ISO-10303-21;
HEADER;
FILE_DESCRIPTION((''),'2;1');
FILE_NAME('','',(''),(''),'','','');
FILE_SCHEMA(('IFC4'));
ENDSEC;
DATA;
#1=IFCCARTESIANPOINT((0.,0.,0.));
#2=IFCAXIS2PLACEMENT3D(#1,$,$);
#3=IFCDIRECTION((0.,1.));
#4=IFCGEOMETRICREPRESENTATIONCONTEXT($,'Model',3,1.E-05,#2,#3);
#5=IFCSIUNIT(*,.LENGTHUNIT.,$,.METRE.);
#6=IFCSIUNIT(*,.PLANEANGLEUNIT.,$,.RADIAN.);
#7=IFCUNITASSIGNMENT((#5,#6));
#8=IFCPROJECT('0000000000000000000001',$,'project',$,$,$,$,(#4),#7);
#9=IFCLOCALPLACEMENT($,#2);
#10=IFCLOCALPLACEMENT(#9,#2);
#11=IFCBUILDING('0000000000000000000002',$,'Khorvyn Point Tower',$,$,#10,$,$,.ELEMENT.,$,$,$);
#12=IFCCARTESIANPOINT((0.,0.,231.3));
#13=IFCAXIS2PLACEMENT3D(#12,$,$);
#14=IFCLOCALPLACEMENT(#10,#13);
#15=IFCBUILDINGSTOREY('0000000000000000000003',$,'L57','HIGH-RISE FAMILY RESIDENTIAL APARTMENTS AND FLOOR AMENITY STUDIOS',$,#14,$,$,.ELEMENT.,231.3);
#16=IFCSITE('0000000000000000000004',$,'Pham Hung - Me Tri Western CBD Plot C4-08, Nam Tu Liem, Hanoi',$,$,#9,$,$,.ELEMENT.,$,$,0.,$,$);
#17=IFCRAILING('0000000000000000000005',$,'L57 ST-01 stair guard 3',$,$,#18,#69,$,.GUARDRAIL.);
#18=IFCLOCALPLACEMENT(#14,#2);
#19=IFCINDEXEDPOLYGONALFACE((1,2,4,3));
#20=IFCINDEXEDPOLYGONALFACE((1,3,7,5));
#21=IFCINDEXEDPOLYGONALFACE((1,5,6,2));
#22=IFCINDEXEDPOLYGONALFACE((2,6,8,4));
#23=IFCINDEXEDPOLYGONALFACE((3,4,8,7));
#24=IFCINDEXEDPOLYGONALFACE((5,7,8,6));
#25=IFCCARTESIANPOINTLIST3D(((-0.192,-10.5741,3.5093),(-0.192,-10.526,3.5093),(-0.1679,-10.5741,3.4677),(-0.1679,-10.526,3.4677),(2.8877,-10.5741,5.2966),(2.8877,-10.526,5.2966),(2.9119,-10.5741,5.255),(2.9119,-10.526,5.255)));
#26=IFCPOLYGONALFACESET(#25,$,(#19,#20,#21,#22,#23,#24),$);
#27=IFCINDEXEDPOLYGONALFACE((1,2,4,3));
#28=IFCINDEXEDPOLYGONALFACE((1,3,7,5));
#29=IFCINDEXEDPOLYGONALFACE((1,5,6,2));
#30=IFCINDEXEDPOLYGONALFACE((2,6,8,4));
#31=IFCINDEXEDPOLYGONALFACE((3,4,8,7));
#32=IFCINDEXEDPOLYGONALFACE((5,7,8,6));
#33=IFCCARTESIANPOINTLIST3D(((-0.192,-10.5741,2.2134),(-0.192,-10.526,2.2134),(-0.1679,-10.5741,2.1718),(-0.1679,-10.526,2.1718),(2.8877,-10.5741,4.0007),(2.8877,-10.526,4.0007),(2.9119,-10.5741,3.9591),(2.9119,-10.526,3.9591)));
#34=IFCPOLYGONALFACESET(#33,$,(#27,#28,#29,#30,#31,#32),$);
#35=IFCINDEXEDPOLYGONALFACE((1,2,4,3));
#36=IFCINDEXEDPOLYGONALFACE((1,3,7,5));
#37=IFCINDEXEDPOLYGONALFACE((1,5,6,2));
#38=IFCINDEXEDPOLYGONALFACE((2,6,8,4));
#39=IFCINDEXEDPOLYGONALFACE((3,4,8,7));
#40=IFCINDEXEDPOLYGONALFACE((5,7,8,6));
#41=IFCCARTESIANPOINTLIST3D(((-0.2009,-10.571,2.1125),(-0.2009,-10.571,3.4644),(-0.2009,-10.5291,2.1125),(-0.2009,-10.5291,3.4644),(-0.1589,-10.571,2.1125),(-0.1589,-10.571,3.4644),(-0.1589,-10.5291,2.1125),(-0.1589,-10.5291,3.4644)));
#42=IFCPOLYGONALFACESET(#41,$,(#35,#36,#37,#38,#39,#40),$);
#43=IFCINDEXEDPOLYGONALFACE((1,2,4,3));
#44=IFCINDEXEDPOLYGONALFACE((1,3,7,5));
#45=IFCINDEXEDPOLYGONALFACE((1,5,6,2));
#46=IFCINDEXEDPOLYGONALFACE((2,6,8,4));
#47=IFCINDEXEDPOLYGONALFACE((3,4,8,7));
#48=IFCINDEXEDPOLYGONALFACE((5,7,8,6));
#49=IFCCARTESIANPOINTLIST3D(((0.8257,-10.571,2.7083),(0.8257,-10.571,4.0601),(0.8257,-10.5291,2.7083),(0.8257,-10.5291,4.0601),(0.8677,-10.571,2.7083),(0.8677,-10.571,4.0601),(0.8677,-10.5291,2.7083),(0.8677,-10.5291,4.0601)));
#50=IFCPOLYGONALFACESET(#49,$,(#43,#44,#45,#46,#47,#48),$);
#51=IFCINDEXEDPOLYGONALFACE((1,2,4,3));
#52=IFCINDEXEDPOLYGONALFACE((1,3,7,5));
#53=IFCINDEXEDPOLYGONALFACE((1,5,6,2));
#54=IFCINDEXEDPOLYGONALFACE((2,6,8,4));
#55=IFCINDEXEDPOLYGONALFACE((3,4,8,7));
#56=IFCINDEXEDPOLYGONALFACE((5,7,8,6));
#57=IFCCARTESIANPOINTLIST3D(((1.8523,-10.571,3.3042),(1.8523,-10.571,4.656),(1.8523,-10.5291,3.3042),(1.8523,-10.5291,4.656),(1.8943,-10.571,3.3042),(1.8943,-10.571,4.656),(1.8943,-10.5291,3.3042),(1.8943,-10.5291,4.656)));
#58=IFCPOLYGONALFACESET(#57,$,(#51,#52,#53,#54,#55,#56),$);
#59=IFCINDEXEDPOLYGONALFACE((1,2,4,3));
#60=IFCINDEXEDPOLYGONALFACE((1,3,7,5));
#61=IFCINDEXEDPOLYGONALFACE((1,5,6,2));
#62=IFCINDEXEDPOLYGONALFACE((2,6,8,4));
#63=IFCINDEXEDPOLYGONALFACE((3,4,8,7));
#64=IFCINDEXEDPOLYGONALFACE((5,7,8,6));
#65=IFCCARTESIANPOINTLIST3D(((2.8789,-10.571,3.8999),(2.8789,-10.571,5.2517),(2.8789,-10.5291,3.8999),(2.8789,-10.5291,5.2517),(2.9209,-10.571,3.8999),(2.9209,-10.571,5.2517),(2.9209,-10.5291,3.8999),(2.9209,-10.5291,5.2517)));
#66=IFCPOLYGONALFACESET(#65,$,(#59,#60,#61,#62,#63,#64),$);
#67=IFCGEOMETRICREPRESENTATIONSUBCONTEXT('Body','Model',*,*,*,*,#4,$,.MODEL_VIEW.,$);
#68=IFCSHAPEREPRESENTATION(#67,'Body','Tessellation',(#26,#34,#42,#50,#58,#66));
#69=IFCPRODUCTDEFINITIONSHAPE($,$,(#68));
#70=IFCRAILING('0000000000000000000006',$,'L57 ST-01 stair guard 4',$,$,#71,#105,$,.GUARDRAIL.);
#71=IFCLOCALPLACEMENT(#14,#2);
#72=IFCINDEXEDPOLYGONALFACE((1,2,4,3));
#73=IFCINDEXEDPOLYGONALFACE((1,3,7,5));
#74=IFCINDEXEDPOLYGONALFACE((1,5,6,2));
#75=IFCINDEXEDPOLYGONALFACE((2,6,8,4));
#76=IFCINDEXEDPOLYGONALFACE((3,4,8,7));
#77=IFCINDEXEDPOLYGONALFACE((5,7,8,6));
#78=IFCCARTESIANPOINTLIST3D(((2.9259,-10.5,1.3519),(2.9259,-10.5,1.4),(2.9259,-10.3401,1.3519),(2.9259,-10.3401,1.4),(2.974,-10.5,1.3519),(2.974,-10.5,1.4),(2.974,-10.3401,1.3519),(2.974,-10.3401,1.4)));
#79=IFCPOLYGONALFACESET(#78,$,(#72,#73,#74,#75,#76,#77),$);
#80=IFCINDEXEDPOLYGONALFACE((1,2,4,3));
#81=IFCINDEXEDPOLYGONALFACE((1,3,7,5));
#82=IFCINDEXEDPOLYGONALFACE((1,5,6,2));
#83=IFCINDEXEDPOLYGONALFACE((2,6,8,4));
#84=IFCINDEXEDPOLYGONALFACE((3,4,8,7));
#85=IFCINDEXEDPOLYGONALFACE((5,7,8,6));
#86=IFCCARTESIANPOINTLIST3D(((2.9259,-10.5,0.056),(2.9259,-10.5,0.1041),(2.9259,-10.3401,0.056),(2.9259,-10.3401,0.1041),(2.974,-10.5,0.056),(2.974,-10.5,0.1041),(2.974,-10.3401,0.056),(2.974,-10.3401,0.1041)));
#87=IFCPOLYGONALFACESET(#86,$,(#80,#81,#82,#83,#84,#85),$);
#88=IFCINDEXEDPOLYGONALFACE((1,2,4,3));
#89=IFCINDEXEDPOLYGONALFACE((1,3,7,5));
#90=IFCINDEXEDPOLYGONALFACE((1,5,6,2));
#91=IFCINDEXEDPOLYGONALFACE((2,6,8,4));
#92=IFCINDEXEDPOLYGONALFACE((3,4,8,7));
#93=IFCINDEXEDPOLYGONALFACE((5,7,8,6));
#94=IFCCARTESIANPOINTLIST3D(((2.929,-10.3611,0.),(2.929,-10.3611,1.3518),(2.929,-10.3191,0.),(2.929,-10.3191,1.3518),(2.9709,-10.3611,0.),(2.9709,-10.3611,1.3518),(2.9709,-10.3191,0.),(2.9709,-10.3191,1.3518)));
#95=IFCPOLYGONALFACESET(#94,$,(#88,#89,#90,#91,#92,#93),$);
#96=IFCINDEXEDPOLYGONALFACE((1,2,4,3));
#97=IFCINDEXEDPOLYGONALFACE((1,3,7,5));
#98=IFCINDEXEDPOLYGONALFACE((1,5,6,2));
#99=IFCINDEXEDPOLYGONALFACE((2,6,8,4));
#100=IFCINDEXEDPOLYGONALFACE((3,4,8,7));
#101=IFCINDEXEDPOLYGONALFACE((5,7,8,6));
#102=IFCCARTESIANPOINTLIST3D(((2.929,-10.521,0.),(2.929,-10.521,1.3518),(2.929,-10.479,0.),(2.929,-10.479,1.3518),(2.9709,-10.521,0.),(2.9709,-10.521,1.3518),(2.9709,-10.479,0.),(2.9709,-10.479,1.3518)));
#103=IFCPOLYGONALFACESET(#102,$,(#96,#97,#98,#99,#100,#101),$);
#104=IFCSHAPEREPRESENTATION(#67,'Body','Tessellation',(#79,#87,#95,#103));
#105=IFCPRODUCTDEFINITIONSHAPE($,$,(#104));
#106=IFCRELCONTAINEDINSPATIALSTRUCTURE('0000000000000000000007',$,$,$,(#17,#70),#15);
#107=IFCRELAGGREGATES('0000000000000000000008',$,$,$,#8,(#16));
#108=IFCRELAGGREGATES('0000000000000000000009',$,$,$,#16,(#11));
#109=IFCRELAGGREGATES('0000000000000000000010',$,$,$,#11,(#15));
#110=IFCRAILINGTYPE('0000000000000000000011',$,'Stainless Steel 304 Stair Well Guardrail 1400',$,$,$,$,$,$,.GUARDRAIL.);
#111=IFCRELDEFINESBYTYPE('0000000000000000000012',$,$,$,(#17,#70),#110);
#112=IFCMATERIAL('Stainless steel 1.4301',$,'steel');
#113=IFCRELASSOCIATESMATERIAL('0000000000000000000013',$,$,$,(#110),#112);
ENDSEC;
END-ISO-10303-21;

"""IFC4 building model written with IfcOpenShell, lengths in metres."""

from ifc_helpers import new_model, si_unit, direction, frame, origin, origin_2d, place, context, subcontext, project, spatial, rectangle, extrude, material, type_object, element, save


model = new_model("IFC4")

# Units and contexts
model_context = context("Model", 3, precision=1e-05, world=origin(), true_north=direction((0.0, 1.0)))
body_context = subcontext(model_context, "Body", "Model", "MODEL_VIEW")
ifc_project = project(units=[si_unit("LENGTHUNIT", "METRE"), si_unit("PLANEANGLEUNIT", "RADIAN")], contexts=[model_context])

# Site, building, storey
site_placement = place(None, origin())
site = spatial("IfcSite", under=ifc_project, at=site_placement, Name="Pham Hung - Me Tri Western CBD Plot C4-08, Nam Tu Liem, Hanoi", CompositionType="ELEMENT", RefElevation=0.0)
building_placement = place(site_placement, origin())
building = spatial("IfcBuilding", under=site, at=building_placement, Name="Khorvyn Point Tower", CompositionType="ELEMENT")
storey_placement = place(building_placement, frame((0.0, 0.0, 231.3)))
storey = spatial("IfcBuildingStorey", under=building, at=storey_placement, Name="L57", Description="HIGH-RISE FAMILY RESIDENTIAL APARTMENTS AND FLOOR AMENITY STUDIOS", CompositionType="ELEMENT", Elevation=231.3)

# Shared definitions
ifc_material_1 = material(Name="Stainless steel 1.4301", Category="steel")

# Railings
railing_type_1 = type_object("IfcRailingType", Name="Stainless Steel 304 Stair Well Guardrail 1400", PredefinedType="GUARDRAIL", material=ifc_material_1)
railing_1_placement = place(storey_placement, frame((-0.1799, -10.55, 2.1125)))
element("IfcRailing", 1, at=railing_1_placement, inside=storey, type_object=railing_type_1, Name="L57 ST-01 stair guard 3", PredefinedType="GUARDRAIL", context=body_context, shape_type="SweptSolid", body=[
    extrude(rectangle(XDim=0.0481, YDim=0.0481, at=origin_2d()), frame((0.0, 0.0, 1.376), z_axis=(0.864903, 0.0, 0.501939), x_axis=(0.0, 1.0, 0.0)), (0.0, 0.0, 1.0), 3.5608),
    extrude(rectangle(XDim=0.0481, YDim=0.0481, at=origin_2d()), frame((0.0, 0.0, 0.0801), z_axis=(0.864903, 0.0, 0.501939), x_axis=(0.0, 1.0, 0.0)), (0.0, 0.0, 1.0), 3.5608),
    extrude(rectangle(XDim=0.042, YDim=0.042, at=origin_2d()), origin(), (0.0, 0.0, 1.0), 1.3518),
    extrude(rectangle(XDim=0.042, YDim=0.042, at=origin_2d()), frame((1.0266, 0.0, 0.5957)), (0.0, 0.0, 1.0), 1.3518),
    extrude(rectangle(XDim=0.042, YDim=0.042, at=origin_2d()), frame((2.0532, 0.0, 1.1917)), (0.0, 0.0, 1.0), 1.3518),
    extrude(rectangle(XDim=0.042, YDim=0.042, at=origin_2d()), frame((3.0798, 0.0, 1.7874)), (0.0, 0.0, 1.0), 1.3518),
])
railing_2_placement = place(storey_placement, frame((2.95, -10.3401, 0.0)))
element("IfcRailing", 2, at=railing_2_placement, inside=storey, type_object=railing_type_1, Name="L57 ST-01 stair guard 4", PredefinedType="GUARDRAIL", context=body_context, shape_type="SweptSolid", body=[
    extrude(rectangle(XDim=0.0481, YDim=0.0481, at=origin_2d()), frame((0.0, 0.0, 1.376), z_axis=(0.0, -1.0, 0.0), x_axis=(1.0, 0.0, 0.0)), (0.0, 0.0, 1.0), 0.1599),
    extrude(rectangle(XDim=0.0481, YDim=0.0481, at=origin_2d()), frame((0.0, 0.0, 0.0801), z_axis=(0.0, -1.0, 0.0), x_axis=(1.0, 0.0, 0.0)), (0.0, 0.0, 1.0), 0.1599),
    extrude(rectangle(XDim=0.042, YDim=0.042, at=origin_2d()), origin(), (0.0, 0.0, 1.0), 1.3518),
    extrude(rectangle(XDim=0.042, YDim=0.042, at=origin_2d()), frame((0.0, -0.1599, 0.0)), (0.0, 0.0, 1.0), 1.3518),
])

save(model, "model.ifc")
